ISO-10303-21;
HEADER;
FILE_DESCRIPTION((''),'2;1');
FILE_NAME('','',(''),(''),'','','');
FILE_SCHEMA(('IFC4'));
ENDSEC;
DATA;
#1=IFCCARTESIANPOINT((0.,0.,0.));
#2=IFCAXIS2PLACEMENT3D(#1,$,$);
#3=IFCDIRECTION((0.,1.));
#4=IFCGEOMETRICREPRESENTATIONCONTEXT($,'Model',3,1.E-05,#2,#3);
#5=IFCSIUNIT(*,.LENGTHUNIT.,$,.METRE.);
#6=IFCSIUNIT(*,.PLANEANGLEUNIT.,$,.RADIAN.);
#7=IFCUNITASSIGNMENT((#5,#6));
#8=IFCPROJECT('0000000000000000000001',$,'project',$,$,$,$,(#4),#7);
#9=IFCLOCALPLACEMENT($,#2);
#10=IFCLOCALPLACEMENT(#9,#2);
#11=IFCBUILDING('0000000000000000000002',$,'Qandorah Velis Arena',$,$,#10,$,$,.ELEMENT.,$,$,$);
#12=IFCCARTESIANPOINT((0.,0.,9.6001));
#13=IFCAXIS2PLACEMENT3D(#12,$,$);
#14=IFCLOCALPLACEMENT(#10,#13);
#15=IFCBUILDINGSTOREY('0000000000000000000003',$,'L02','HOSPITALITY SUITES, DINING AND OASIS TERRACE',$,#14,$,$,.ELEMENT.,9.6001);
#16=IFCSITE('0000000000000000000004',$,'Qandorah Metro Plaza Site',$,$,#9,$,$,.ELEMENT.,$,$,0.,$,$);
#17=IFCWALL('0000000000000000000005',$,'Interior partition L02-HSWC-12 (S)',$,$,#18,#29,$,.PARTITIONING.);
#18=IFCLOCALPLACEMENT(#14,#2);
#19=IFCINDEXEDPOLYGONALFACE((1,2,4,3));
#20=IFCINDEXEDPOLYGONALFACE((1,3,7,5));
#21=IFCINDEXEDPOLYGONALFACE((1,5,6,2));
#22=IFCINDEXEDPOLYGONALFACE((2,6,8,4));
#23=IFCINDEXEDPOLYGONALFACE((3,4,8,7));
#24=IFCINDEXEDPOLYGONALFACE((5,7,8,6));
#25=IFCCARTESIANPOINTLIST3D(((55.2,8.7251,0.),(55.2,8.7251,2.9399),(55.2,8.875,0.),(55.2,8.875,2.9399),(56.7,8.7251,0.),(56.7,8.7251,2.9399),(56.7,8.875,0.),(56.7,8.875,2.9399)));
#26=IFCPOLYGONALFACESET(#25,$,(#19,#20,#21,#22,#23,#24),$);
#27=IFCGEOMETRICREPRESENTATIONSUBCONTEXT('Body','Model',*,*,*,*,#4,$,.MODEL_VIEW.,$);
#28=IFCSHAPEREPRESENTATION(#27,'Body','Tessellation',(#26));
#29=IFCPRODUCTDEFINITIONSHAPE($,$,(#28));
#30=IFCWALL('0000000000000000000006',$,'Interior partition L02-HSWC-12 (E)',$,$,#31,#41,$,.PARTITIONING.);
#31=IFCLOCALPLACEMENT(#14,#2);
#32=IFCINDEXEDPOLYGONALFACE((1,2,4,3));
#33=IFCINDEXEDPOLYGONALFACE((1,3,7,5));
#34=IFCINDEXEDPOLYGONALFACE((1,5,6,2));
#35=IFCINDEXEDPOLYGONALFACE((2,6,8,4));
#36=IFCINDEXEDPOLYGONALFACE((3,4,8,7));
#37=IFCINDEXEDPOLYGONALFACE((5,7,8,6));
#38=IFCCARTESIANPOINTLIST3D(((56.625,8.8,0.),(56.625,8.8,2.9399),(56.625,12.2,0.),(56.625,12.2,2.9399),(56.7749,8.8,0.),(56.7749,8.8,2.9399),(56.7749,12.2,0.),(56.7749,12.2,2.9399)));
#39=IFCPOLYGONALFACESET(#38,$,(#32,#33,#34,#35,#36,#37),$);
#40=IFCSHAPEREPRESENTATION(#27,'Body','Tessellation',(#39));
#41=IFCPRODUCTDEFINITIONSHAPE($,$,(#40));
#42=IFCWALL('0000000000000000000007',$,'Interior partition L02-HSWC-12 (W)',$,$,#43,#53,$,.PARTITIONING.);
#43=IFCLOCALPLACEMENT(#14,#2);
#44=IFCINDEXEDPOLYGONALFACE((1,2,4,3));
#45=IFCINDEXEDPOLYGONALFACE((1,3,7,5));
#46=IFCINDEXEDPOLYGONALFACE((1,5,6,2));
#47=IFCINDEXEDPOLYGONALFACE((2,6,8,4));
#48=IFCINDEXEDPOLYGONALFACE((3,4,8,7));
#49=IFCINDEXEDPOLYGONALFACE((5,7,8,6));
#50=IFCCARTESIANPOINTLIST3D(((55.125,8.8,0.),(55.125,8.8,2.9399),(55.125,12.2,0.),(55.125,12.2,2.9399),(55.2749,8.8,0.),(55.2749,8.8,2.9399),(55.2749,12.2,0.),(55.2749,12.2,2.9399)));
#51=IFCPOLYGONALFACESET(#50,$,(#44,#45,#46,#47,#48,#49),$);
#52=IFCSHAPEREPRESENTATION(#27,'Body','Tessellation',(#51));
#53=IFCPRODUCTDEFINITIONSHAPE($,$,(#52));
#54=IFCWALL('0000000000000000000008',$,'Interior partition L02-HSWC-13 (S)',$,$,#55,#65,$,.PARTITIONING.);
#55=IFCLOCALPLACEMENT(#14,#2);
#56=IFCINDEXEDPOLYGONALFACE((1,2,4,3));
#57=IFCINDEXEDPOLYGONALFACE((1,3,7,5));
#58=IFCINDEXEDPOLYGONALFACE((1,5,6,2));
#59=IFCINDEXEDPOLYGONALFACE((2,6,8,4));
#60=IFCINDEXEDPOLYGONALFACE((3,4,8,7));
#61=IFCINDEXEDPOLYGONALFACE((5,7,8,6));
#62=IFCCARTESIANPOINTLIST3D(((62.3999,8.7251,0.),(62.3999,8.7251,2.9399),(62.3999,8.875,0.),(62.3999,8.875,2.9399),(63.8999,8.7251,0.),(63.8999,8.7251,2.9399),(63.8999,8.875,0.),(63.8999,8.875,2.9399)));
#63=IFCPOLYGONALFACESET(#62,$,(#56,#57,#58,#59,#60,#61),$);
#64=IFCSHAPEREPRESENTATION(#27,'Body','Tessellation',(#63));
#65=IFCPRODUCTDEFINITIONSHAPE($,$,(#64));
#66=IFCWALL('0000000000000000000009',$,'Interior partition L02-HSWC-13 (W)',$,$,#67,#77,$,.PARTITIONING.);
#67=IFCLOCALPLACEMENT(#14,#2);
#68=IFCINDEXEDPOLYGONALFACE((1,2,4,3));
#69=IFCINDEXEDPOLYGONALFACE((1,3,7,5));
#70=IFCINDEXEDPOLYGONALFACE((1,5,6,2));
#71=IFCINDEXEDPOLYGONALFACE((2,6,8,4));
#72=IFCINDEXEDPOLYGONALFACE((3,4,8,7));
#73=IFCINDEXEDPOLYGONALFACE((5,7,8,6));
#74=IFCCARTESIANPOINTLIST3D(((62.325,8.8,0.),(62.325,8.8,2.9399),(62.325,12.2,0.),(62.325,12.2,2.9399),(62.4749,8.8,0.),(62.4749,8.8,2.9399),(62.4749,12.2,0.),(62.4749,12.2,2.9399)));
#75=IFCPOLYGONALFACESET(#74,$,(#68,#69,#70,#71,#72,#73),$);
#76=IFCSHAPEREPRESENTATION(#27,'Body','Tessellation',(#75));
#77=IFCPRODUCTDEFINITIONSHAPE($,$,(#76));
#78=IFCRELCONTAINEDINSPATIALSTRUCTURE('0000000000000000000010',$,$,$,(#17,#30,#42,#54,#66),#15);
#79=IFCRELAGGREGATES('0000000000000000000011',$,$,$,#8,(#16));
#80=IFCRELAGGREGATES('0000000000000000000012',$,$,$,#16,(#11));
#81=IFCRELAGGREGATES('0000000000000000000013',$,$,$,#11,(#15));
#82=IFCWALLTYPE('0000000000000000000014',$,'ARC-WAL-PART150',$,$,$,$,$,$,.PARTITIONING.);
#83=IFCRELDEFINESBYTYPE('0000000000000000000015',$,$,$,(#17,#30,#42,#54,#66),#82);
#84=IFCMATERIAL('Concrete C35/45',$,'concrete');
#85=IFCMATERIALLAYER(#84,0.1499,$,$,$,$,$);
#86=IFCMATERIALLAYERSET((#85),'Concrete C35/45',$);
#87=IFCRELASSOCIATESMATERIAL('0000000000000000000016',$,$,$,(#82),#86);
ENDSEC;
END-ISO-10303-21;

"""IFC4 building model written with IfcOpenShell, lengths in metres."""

from ifc_helpers import new_model, si_unit, direction, frame, frame_2d, origin, place, context, subcontext, project, spatial, rectangle, extrude, material, layer, layer_set, type_object, element, save


model = new_model("IFC4")

# Units and contexts
model_context = context("Model", 3, precision=1e-05, world=origin(), true_north=direction((0.0, 1.0)))
body_context = subcontext(model_context, "Body", "Model", "MODEL_VIEW")
ifc_project = project(units=[si_unit("LENGTHUNIT", "METRE"), si_unit("PLANEANGLEUNIT", "RADIAN")], contexts=[model_context])

# Site, building, storey
site_placement = place(None, origin())
site = spatial("IfcSite", under=ifc_project, at=site_placement, Name="Qandorah Metro Plaza Site", CompositionType="ELEMENT", RefElevation=0.0)
building_placement = place(site_placement, origin())
building = spatial("IfcBuilding", under=site, at=building_placement, Name="Qandorah Velis Arena", CompositionType="ELEMENT")
storey_placement = place(building_placement, frame((0.0, 0.0, 9.6001)))
storey = spatial("IfcBuildingStorey", under=building, at=storey_placement, Name="L02", Description="HOSPITALITY SUITES, DINING AND OASIS TERRACE", CompositionType="ELEMENT", Elevation=9.6001)

# Shared definitions
ifc_material_1 = material(Name="Concrete C35/45", Category="concrete")

# Walls
ifc_layer_1 = layer(ifc_material_1, 0.1499)
ifc_layer_set_1 = layer_set([ifc_layer_1], Name="Concrete C35/45")
wall_type_1 = type_object("IfcWallType", Name="ARC-WAL-PART150", PredefinedType="PARTITIONING", material=ifc_layer_set_1)
wall_1_placement = place(storey_placement, frame((55.2, 8.8, 0.0), z_axis=(0.0, 0.0, 1.0), x_axis=(1.0, 0.0, 0.0)))
element("IfcWall", 1, at=wall_1_placement, inside=storey, type_object=wall_type_1, Name="Interior partition L02-HSWC-12 (S)", PredefinedType="PARTITIONING", context=body_context, shape_type="SweptSolid", body=[
    extrude(rectangle(XDim=1.5, YDim=0.1499, at=frame_2d((0.75, 0.0))), origin(), (0.0, 0.0, 1.0), 2.9399),
])
wall_2_placement = place(storey_placement, frame((56.7, 8.8, 0.0), z_axis=(0.0, 0.0, 1.0), x_axis=(0.0, 1.0, 0.0)))
element("IfcWall", 2, at=wall_2_placement, inside=storey, type_object=wall_type_1, Name="Interior partition L02-HSWC-12 (E)", PredefinedType="PARTITIONING", context=body_context, shape_type="SweptSolid", body=[
    extrude(rectangle(XDim=3.3999, YDim=0.1499, at=frame_2d((1.7, 0.0))), origin(), (0.0, 0.0, 1.0), 2.9399),
])

# Walls
wall_3_placement = place(storey_placement, frame((55.2, 12.2, 0.0), z_axis=(0.0, 0.0, 1.0), x_axis=(0.0, -1.0, 0.0)))
element("IfcWall", 3, at=wall_3_placement, inside=storey, type_object=wall_type_1, Name="Interior partition L02-HSWC-12 (W)", PredefinedType="PARTITIONING", context=body_context, shape_type="SweptSolid", body=[
    extrude(rectangle(XDim=3.3999, YDim=0.1499, at=frame_2d((1.7, 0.0))), origin(), (0.0, 0.0, 1.0), 2.9399),
])
wall_4_placement = place(storey_placement, frame((62.3999, 8.8, 0.0), z_axis=(0.0, 0.0, 1.0), x_axis=(1.0, 0.0, 0.0)))
element("IfcWall", 4, at=wall_4_placement, inside=storey, type_object=wall_type_1, Name="Interior partition L02-HSWC-13 (S)", PredefinedType="PARTITIONING", context=body_context, shape_type="SweptSolid", body=[
    extrude(rectangle(XDim=1.5, YDim=0.1499, at=frame_2d((0.75, 0.0))), origin(), (0.0, 0.0, 1.0), 2.9399),
])
wall_5_placement = place(storey_placement, frame((62.3999, 12.2, 0.0), z_axis=(0.0, 0.0, 1.0), x_axis=(0.0, -1.0, 0.0)))
element("IfcWall", 5, at=wall_5_placement, inside=storey, type_object=wall_type_1, Name="Interior partition L02-HSWC-13 (W)", PredefinedType="PARTITIONING", context=body_context, shape_type="SweptSolid", body=[
    extrude(rectangle(XDim=3.3999, YDim=0.1499, at=frame_2d((1.7, 0.0))), origin(), (0.0, 0.0, 1.0), 2.9399),
])

save(model, "model.ifc")
